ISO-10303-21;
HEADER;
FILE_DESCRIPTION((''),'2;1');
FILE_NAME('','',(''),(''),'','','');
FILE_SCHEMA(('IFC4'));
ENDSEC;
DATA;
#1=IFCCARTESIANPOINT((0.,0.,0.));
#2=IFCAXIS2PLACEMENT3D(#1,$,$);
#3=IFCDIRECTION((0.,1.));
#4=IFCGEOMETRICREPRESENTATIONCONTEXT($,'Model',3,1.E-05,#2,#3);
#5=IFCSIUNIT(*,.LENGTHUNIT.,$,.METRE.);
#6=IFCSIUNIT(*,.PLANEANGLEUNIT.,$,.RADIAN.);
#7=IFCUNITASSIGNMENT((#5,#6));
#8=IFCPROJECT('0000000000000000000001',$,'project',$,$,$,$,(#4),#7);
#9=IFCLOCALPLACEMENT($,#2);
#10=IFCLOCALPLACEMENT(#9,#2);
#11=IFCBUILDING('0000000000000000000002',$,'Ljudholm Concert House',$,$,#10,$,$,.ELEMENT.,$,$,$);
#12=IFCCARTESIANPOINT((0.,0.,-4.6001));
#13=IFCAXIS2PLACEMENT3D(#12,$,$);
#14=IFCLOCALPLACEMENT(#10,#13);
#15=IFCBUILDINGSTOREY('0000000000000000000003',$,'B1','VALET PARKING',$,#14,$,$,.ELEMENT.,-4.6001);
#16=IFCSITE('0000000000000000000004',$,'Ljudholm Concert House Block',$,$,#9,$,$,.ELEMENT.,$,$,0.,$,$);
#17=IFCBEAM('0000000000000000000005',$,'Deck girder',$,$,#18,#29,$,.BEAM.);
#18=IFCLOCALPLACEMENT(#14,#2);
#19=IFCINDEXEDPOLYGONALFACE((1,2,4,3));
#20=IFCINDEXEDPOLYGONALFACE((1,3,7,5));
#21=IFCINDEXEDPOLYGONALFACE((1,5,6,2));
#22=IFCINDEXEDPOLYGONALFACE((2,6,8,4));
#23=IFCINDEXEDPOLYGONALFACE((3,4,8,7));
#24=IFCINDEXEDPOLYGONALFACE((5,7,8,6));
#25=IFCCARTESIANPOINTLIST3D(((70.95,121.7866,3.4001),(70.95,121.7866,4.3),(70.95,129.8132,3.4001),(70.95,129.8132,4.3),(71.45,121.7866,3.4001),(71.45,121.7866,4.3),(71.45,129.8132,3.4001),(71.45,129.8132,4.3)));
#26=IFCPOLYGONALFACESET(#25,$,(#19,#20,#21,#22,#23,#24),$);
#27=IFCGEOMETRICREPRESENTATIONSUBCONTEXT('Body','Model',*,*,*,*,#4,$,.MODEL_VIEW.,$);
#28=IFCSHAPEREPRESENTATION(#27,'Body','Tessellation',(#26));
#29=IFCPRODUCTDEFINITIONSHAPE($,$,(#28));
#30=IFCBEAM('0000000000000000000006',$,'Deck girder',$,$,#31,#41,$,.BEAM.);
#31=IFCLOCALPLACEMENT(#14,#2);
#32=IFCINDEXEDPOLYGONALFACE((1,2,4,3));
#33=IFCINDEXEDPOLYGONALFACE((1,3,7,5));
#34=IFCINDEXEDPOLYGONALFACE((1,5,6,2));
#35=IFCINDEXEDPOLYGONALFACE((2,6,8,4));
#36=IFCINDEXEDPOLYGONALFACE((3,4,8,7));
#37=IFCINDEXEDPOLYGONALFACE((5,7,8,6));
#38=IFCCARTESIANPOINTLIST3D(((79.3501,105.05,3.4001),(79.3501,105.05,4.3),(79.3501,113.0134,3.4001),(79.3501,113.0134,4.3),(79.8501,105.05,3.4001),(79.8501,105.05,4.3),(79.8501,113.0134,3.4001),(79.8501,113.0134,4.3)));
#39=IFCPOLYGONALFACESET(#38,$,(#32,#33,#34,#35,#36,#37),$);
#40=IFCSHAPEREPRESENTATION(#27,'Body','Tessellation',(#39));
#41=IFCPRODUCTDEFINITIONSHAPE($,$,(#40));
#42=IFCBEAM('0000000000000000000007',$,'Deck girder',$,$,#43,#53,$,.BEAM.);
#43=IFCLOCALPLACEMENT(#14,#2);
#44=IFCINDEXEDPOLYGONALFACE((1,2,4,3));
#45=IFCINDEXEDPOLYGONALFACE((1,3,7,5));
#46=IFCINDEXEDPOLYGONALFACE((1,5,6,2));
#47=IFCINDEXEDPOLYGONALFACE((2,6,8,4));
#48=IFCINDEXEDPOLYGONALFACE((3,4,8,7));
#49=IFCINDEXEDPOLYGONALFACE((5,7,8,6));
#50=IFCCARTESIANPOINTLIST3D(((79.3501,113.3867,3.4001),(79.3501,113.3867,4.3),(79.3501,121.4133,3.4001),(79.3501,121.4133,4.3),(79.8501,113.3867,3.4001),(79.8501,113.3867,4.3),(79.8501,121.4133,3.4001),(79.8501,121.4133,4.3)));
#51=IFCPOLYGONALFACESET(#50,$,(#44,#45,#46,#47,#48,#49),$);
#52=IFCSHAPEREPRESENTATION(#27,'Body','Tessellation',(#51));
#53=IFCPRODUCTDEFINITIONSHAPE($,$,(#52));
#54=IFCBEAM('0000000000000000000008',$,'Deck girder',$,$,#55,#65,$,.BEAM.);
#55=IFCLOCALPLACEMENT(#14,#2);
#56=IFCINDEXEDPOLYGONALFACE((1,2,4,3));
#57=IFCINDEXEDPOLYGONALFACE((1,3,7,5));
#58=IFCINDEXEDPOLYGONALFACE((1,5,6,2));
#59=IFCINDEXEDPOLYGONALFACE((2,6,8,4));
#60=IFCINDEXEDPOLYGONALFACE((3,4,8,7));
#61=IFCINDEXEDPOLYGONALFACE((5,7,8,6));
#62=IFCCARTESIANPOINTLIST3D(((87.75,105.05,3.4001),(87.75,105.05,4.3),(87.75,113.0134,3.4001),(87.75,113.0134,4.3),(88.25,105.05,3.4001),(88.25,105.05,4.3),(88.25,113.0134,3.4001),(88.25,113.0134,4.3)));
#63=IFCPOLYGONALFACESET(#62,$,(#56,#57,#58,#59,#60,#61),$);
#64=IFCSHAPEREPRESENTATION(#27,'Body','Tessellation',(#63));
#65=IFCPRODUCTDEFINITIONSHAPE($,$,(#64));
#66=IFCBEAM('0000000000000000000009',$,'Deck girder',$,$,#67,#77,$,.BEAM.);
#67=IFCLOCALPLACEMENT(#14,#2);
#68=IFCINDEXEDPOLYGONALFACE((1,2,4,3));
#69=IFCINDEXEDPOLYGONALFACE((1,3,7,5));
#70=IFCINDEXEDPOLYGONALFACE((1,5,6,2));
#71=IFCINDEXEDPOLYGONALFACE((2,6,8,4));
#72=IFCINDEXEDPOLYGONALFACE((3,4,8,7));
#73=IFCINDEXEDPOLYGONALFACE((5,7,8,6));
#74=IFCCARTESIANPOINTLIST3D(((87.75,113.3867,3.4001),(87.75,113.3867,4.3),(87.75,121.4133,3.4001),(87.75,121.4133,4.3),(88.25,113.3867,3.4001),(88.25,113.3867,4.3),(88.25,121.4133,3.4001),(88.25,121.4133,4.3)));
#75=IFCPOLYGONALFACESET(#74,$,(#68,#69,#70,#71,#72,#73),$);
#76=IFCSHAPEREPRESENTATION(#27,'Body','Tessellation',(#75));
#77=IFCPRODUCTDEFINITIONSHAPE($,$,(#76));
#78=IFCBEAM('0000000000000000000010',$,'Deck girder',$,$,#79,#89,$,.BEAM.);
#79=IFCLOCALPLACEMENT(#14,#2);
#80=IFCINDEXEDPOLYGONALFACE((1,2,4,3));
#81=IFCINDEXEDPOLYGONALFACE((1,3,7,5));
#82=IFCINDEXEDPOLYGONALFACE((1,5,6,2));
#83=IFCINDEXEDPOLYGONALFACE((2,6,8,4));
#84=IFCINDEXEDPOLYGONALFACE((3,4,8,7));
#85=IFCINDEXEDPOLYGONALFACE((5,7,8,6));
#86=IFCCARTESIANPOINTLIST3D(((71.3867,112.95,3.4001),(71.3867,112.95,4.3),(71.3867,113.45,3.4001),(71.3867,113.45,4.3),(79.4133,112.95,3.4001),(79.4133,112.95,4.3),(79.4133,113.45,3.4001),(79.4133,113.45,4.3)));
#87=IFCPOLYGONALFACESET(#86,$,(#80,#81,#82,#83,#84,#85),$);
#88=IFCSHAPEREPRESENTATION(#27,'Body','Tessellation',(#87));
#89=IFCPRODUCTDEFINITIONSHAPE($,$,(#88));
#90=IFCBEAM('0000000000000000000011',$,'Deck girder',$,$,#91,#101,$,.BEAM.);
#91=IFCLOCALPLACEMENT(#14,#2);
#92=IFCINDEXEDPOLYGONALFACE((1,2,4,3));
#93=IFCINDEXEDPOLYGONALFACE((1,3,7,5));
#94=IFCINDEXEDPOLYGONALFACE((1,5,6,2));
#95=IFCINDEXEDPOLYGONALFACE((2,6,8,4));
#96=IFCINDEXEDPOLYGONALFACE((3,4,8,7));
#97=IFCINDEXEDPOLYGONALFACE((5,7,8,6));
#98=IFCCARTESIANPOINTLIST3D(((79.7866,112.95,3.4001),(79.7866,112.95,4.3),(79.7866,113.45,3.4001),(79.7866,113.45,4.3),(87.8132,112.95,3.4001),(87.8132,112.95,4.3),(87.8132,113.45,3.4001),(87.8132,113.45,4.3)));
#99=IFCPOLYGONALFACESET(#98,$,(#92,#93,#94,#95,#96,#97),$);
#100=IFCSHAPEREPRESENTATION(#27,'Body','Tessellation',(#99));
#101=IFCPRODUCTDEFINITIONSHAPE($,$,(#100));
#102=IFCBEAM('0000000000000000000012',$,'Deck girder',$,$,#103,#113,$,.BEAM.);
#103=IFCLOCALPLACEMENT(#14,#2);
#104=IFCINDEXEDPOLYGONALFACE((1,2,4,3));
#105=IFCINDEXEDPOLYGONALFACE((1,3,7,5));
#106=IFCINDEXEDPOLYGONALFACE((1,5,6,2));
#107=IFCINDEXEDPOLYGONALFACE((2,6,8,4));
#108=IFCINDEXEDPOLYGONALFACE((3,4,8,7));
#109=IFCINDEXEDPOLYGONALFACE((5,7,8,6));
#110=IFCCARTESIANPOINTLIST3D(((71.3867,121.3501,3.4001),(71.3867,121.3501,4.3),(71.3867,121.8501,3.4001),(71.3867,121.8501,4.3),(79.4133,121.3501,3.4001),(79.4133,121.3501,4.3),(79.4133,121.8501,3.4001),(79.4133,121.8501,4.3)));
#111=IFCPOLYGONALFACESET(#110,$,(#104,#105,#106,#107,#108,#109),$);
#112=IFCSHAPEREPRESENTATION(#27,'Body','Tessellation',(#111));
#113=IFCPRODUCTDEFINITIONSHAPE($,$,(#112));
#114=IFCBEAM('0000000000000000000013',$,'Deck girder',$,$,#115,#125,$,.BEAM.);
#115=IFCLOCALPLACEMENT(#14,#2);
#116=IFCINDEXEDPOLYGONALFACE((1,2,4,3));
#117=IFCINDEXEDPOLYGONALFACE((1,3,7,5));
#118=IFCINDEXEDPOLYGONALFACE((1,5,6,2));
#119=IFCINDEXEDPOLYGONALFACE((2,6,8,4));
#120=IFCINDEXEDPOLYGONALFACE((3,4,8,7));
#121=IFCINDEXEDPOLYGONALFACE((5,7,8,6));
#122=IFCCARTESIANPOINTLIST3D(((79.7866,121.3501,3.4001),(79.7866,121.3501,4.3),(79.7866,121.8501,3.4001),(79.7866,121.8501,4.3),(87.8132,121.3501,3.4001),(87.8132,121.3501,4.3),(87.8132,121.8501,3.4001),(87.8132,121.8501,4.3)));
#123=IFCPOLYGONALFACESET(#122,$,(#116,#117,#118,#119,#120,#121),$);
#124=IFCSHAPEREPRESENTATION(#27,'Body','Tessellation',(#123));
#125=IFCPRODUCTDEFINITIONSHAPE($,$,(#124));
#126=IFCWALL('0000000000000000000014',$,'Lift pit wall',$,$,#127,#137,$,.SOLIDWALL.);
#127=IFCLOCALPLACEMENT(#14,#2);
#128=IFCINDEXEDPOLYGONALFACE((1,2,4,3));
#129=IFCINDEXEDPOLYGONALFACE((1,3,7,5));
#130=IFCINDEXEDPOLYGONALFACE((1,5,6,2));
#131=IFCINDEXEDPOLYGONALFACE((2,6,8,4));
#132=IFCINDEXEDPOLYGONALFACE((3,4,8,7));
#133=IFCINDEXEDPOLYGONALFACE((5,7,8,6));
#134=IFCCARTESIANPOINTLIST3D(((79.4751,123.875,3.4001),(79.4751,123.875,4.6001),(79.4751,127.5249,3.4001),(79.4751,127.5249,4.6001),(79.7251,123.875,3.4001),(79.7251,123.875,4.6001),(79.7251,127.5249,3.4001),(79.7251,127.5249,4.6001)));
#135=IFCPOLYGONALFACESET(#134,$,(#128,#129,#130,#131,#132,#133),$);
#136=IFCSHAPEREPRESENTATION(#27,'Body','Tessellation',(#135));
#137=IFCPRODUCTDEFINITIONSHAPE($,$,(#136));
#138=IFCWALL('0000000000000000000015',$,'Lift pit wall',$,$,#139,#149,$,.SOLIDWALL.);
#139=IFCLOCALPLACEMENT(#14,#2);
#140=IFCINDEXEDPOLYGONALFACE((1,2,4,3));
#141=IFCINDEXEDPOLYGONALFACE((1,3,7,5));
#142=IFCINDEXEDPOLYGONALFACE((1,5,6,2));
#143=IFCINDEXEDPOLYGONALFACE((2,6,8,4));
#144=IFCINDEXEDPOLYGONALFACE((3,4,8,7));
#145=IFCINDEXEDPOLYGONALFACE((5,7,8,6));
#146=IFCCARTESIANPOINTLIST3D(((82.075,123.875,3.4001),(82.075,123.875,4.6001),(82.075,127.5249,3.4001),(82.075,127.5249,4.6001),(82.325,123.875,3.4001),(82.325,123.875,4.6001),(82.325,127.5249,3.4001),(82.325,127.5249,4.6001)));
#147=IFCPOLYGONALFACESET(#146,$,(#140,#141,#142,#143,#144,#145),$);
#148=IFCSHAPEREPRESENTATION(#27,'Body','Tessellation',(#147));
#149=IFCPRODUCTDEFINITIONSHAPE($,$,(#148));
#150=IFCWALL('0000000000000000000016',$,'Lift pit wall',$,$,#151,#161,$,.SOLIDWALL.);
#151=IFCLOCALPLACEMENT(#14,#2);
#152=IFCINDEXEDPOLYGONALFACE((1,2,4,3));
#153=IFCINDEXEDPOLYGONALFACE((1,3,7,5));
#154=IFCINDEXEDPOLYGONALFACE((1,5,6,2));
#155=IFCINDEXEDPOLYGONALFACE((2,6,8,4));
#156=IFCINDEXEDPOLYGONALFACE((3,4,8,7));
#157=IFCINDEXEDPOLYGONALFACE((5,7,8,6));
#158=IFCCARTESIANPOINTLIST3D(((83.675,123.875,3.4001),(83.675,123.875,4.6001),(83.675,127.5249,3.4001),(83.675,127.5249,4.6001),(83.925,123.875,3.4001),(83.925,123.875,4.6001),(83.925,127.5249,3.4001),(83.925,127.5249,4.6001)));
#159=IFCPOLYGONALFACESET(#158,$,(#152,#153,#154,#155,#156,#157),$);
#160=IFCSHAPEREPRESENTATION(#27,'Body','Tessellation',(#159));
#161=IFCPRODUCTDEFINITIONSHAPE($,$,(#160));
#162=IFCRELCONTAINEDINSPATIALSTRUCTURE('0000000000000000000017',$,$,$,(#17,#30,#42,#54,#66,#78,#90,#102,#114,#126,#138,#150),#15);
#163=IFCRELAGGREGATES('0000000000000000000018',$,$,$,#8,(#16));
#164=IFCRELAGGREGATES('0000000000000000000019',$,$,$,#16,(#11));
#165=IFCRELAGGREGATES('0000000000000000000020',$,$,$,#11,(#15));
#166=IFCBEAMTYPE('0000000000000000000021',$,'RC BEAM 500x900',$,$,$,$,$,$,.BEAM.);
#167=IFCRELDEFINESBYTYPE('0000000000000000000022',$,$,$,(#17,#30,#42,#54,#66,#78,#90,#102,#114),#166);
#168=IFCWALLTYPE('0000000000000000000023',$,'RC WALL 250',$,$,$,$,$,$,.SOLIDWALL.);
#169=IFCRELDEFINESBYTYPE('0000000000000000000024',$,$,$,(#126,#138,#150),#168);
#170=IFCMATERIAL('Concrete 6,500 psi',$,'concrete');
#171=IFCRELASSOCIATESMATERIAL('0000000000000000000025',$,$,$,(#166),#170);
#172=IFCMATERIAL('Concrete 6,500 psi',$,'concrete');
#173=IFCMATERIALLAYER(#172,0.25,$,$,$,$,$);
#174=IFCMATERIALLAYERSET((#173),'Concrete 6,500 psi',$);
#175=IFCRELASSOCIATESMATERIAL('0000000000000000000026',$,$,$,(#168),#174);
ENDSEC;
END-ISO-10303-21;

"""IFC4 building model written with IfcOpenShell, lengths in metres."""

from ifc_helpers import new_model, si_unit, direction, frame, frame_2d, origin, origin_2d, place, context, subcontext, project, spatial, rectangle, extrude, material, layer, layer_set, material_profile, profile_set, type_object, element, save


model = new_model("IFC4")

# Units and contexts
model_context = context("Model", 3, precision=1e-05, world=origin(), true_north=direction((0.0, 1.0)))
body_context = subcontext(model_context, "Body", "Model", "MODEL_VIEW")
ifc_project = project(units=[si_unit("LENGTHUNIT", "METRE"), si_unit("PLANEANGLEUNIT", "RADIAN")], contexts=[model_context])

# Site, building, storey
site_placement = place(None, origin())
site = spatial("IfcSite", under=ifc_project, at=site_placement, Name="Ljudholm Concert House Block", CompositionType="ELEMENT", RefElevation=0.0)
building_placement = place(site_placement, origin())
building = spatial("IfcBuilding", under=site, at=building_placement, Name="Ljudholm Concert House", CompositionType="ELEMENT")
storey_placement = place(building_placement, frame((0.0, 0.0, -4.6001)))
storey = spatial("IfcBuildingStorey", under=building, at=storey_placement, Name="B1", Description="VALET PARKING", CompositionType="ELEMENT", Elevation=-4.6001)

# Beams
ifc_material_1 = material(Name="Concrete 6,500 psi", Category="concrete")
ifc_material_profile_1 = material_profile(ifc_material_1, rectangle(XDim=0.5, YDim=0.8999, at=origin_2d()), Name="RC BEAM 500x900")
ifc_profile_set_1 = profile_set([ifc_material_profile_1], Name="Concrete 6,500 psi")
beam_type_1 = type_object("IfcBeamType", Name="RC BEAM 500x900", PredefinedType="BEAM", material=ifc_profile_set_1)
beam_1_placement = place(storey_placement, frame((71.2, 121.7866, 3.8501), z_axis=(0.0, 1.0, 0.0), x_axis=(-1.0, 0.0, 0.0)))
element("IfcBeam", 1, at=beam_1_placement, inside=storey, type_object=beam_type_1, Name="Deck girder", PredefinedType="BEAM", context=body_context, shape_type="SweptSolid", body=[
    extrude(rectangle(XDim=0.5, YDim=0.8999, at=origin_2d()), origin(), (0.0, 0.0, 1.0), 8.0266),
])
beam_2_placement = place(storey_placement, frame((79.6001, 105.05, 3.8501), z_axis=(0.0, 1.0, 0.0), x_axis=(-1.0, 0.0, 0.0)))
element("IfcBeam", 2, at=beam_2_placement, inside=storey, type_object=beam_type_1, Name="Deck girder", PredefinedType="BEAM", context=body_context, shape_type="SweptSolid", body=[
    extrude(rectangle(XDim=0.5, YDim=0.8999, at=origin_2d()), origin(), (0.0, 0.0, 1.0), 7.9634),
])
beam_3_placement = place(storey_placement, frame((79.6001, 113.3867, 3.8501), z_axis=(0.0, 1.0, 0.0), x_axis=(-1.0, 0.0, 0.0)))
element("IfcBeam", 3, at=beam_3_placement, inside=storey, type_object=beam_type_1, Name="Deck girder", PredefinedType="BEAM", context=body_context, shape_type="SweptSolid", body=[
    extrude(rectangle(XDim=0.5, YDim=0.8999, at=origin_2d()), origin(), (0.0, 0.0, 1.0), 8.0266),
])
beam_4_placement = place(storey_placement, frame((88.0, 105.05, 3.8501), z_axis=(0.0, 1.0, 0.0), x_axis=(-1.0, 0.0, 0.0)))
element("IfcBeam", 4, at=beam_4_placement, inside=storey, type_object=beam_type_1, Name="Deck girder", PredefinedType="BEAM", context=body_context, shape_type="SweptSolid", body=[
    extrude(rectangle(XDim=0.5, YDim=0.8999, at=origin_2d()), origin(), (0.0, 0.0, 1.0), 7.9634),
])
for number, where, z_axis, x_axis, name in (
    (5, (88.0, 113.3867, 3.8501), (0.0, 1.0, 0.0), (-1.0, 0.0, 0.0), "Deck girder"),
    (6, (71.3867, 113.2, 3.8501), (1.0, 0.0, 0.0), (0.0, 1.0, 0.0), "Deck girder"),
    (7, (79.7866, 113.2, 3.8501), (1.0, 0.0, 0.0), (0.0, 1.0, 0.0), "Deck girder"),
    (8, (71.3867, 121.6001, 3.8501), (1.0, 0.0, 0.0), (0.0, 1.0, 0.0), "Deck girder"),
    (9, (79.7866, 121.6001, 3.8501), (1.0, 0.0, 0.0), (0.0, 1.0, 0.0), "Deck girder"),
):
    element("IfcBeam", number, at=place(storey_placement, frame(where, z_axis=z_axis, x_axis=x_axis)), inside=storey, type_object=beam_type_1, Name=name, PredefinedType="BEAM", context=body_context, shape_type="SweptSolid", body=[
        extrude(rectangle(XDim=0.5, YDim=0.8999, at=origin_2d()), origin(), (0.0, 0.0, 1.0), 8.0266),
    ])

# Walls
ifc_material_2 = material(Name="Concrete 6,500 psi", Category="concrete")
ifc_layer = layer(ifc_material_2, 0.25)
ifc_layer_set = layer_set([ifc_layer], Name="Concrete 6,500 psi")
wall_type = type_object("IfcWallType", Name="RC WALL 250", PredefinedType="SOLIDWALL", material=ifc_layer_set)
for number, where, z_axis, x_axis, name in (
    (10, (79.6001, 123.875, 3.4001), (0.0, 0.0, 1.0), (0.0, 1.0, 0.0), "Lift pit wall"),
    (11, (82.2, 123.875, 3.4001), (0.0, 0.0, 1.0), (0.0, 1.0, 0.0), "Lift pit wall"),
    (12, (83.8, 123.875, 3.4001), (0.0, 0.0, 1.0), (0.0, 1.0, 0.0), "Lift pit wall"),
):
    element("IfcWall", number, at=place(storey_placement, frame(where, z_axis=z_axis, x_axis=x_axis)), inside=storey, type_object=wall_type, Name=name, PredefinedType="SOLIDWALL", context=body_context, shape_type="SweptSolid", body=[
        extrude(rectangle(XDim=3.6499, YDim=0.25, at=frame_2d((1.825, 0.0))), origin(), (0.0, 0.0, 1.0), 1.2),
    ])

save(model, "model.ifc")
